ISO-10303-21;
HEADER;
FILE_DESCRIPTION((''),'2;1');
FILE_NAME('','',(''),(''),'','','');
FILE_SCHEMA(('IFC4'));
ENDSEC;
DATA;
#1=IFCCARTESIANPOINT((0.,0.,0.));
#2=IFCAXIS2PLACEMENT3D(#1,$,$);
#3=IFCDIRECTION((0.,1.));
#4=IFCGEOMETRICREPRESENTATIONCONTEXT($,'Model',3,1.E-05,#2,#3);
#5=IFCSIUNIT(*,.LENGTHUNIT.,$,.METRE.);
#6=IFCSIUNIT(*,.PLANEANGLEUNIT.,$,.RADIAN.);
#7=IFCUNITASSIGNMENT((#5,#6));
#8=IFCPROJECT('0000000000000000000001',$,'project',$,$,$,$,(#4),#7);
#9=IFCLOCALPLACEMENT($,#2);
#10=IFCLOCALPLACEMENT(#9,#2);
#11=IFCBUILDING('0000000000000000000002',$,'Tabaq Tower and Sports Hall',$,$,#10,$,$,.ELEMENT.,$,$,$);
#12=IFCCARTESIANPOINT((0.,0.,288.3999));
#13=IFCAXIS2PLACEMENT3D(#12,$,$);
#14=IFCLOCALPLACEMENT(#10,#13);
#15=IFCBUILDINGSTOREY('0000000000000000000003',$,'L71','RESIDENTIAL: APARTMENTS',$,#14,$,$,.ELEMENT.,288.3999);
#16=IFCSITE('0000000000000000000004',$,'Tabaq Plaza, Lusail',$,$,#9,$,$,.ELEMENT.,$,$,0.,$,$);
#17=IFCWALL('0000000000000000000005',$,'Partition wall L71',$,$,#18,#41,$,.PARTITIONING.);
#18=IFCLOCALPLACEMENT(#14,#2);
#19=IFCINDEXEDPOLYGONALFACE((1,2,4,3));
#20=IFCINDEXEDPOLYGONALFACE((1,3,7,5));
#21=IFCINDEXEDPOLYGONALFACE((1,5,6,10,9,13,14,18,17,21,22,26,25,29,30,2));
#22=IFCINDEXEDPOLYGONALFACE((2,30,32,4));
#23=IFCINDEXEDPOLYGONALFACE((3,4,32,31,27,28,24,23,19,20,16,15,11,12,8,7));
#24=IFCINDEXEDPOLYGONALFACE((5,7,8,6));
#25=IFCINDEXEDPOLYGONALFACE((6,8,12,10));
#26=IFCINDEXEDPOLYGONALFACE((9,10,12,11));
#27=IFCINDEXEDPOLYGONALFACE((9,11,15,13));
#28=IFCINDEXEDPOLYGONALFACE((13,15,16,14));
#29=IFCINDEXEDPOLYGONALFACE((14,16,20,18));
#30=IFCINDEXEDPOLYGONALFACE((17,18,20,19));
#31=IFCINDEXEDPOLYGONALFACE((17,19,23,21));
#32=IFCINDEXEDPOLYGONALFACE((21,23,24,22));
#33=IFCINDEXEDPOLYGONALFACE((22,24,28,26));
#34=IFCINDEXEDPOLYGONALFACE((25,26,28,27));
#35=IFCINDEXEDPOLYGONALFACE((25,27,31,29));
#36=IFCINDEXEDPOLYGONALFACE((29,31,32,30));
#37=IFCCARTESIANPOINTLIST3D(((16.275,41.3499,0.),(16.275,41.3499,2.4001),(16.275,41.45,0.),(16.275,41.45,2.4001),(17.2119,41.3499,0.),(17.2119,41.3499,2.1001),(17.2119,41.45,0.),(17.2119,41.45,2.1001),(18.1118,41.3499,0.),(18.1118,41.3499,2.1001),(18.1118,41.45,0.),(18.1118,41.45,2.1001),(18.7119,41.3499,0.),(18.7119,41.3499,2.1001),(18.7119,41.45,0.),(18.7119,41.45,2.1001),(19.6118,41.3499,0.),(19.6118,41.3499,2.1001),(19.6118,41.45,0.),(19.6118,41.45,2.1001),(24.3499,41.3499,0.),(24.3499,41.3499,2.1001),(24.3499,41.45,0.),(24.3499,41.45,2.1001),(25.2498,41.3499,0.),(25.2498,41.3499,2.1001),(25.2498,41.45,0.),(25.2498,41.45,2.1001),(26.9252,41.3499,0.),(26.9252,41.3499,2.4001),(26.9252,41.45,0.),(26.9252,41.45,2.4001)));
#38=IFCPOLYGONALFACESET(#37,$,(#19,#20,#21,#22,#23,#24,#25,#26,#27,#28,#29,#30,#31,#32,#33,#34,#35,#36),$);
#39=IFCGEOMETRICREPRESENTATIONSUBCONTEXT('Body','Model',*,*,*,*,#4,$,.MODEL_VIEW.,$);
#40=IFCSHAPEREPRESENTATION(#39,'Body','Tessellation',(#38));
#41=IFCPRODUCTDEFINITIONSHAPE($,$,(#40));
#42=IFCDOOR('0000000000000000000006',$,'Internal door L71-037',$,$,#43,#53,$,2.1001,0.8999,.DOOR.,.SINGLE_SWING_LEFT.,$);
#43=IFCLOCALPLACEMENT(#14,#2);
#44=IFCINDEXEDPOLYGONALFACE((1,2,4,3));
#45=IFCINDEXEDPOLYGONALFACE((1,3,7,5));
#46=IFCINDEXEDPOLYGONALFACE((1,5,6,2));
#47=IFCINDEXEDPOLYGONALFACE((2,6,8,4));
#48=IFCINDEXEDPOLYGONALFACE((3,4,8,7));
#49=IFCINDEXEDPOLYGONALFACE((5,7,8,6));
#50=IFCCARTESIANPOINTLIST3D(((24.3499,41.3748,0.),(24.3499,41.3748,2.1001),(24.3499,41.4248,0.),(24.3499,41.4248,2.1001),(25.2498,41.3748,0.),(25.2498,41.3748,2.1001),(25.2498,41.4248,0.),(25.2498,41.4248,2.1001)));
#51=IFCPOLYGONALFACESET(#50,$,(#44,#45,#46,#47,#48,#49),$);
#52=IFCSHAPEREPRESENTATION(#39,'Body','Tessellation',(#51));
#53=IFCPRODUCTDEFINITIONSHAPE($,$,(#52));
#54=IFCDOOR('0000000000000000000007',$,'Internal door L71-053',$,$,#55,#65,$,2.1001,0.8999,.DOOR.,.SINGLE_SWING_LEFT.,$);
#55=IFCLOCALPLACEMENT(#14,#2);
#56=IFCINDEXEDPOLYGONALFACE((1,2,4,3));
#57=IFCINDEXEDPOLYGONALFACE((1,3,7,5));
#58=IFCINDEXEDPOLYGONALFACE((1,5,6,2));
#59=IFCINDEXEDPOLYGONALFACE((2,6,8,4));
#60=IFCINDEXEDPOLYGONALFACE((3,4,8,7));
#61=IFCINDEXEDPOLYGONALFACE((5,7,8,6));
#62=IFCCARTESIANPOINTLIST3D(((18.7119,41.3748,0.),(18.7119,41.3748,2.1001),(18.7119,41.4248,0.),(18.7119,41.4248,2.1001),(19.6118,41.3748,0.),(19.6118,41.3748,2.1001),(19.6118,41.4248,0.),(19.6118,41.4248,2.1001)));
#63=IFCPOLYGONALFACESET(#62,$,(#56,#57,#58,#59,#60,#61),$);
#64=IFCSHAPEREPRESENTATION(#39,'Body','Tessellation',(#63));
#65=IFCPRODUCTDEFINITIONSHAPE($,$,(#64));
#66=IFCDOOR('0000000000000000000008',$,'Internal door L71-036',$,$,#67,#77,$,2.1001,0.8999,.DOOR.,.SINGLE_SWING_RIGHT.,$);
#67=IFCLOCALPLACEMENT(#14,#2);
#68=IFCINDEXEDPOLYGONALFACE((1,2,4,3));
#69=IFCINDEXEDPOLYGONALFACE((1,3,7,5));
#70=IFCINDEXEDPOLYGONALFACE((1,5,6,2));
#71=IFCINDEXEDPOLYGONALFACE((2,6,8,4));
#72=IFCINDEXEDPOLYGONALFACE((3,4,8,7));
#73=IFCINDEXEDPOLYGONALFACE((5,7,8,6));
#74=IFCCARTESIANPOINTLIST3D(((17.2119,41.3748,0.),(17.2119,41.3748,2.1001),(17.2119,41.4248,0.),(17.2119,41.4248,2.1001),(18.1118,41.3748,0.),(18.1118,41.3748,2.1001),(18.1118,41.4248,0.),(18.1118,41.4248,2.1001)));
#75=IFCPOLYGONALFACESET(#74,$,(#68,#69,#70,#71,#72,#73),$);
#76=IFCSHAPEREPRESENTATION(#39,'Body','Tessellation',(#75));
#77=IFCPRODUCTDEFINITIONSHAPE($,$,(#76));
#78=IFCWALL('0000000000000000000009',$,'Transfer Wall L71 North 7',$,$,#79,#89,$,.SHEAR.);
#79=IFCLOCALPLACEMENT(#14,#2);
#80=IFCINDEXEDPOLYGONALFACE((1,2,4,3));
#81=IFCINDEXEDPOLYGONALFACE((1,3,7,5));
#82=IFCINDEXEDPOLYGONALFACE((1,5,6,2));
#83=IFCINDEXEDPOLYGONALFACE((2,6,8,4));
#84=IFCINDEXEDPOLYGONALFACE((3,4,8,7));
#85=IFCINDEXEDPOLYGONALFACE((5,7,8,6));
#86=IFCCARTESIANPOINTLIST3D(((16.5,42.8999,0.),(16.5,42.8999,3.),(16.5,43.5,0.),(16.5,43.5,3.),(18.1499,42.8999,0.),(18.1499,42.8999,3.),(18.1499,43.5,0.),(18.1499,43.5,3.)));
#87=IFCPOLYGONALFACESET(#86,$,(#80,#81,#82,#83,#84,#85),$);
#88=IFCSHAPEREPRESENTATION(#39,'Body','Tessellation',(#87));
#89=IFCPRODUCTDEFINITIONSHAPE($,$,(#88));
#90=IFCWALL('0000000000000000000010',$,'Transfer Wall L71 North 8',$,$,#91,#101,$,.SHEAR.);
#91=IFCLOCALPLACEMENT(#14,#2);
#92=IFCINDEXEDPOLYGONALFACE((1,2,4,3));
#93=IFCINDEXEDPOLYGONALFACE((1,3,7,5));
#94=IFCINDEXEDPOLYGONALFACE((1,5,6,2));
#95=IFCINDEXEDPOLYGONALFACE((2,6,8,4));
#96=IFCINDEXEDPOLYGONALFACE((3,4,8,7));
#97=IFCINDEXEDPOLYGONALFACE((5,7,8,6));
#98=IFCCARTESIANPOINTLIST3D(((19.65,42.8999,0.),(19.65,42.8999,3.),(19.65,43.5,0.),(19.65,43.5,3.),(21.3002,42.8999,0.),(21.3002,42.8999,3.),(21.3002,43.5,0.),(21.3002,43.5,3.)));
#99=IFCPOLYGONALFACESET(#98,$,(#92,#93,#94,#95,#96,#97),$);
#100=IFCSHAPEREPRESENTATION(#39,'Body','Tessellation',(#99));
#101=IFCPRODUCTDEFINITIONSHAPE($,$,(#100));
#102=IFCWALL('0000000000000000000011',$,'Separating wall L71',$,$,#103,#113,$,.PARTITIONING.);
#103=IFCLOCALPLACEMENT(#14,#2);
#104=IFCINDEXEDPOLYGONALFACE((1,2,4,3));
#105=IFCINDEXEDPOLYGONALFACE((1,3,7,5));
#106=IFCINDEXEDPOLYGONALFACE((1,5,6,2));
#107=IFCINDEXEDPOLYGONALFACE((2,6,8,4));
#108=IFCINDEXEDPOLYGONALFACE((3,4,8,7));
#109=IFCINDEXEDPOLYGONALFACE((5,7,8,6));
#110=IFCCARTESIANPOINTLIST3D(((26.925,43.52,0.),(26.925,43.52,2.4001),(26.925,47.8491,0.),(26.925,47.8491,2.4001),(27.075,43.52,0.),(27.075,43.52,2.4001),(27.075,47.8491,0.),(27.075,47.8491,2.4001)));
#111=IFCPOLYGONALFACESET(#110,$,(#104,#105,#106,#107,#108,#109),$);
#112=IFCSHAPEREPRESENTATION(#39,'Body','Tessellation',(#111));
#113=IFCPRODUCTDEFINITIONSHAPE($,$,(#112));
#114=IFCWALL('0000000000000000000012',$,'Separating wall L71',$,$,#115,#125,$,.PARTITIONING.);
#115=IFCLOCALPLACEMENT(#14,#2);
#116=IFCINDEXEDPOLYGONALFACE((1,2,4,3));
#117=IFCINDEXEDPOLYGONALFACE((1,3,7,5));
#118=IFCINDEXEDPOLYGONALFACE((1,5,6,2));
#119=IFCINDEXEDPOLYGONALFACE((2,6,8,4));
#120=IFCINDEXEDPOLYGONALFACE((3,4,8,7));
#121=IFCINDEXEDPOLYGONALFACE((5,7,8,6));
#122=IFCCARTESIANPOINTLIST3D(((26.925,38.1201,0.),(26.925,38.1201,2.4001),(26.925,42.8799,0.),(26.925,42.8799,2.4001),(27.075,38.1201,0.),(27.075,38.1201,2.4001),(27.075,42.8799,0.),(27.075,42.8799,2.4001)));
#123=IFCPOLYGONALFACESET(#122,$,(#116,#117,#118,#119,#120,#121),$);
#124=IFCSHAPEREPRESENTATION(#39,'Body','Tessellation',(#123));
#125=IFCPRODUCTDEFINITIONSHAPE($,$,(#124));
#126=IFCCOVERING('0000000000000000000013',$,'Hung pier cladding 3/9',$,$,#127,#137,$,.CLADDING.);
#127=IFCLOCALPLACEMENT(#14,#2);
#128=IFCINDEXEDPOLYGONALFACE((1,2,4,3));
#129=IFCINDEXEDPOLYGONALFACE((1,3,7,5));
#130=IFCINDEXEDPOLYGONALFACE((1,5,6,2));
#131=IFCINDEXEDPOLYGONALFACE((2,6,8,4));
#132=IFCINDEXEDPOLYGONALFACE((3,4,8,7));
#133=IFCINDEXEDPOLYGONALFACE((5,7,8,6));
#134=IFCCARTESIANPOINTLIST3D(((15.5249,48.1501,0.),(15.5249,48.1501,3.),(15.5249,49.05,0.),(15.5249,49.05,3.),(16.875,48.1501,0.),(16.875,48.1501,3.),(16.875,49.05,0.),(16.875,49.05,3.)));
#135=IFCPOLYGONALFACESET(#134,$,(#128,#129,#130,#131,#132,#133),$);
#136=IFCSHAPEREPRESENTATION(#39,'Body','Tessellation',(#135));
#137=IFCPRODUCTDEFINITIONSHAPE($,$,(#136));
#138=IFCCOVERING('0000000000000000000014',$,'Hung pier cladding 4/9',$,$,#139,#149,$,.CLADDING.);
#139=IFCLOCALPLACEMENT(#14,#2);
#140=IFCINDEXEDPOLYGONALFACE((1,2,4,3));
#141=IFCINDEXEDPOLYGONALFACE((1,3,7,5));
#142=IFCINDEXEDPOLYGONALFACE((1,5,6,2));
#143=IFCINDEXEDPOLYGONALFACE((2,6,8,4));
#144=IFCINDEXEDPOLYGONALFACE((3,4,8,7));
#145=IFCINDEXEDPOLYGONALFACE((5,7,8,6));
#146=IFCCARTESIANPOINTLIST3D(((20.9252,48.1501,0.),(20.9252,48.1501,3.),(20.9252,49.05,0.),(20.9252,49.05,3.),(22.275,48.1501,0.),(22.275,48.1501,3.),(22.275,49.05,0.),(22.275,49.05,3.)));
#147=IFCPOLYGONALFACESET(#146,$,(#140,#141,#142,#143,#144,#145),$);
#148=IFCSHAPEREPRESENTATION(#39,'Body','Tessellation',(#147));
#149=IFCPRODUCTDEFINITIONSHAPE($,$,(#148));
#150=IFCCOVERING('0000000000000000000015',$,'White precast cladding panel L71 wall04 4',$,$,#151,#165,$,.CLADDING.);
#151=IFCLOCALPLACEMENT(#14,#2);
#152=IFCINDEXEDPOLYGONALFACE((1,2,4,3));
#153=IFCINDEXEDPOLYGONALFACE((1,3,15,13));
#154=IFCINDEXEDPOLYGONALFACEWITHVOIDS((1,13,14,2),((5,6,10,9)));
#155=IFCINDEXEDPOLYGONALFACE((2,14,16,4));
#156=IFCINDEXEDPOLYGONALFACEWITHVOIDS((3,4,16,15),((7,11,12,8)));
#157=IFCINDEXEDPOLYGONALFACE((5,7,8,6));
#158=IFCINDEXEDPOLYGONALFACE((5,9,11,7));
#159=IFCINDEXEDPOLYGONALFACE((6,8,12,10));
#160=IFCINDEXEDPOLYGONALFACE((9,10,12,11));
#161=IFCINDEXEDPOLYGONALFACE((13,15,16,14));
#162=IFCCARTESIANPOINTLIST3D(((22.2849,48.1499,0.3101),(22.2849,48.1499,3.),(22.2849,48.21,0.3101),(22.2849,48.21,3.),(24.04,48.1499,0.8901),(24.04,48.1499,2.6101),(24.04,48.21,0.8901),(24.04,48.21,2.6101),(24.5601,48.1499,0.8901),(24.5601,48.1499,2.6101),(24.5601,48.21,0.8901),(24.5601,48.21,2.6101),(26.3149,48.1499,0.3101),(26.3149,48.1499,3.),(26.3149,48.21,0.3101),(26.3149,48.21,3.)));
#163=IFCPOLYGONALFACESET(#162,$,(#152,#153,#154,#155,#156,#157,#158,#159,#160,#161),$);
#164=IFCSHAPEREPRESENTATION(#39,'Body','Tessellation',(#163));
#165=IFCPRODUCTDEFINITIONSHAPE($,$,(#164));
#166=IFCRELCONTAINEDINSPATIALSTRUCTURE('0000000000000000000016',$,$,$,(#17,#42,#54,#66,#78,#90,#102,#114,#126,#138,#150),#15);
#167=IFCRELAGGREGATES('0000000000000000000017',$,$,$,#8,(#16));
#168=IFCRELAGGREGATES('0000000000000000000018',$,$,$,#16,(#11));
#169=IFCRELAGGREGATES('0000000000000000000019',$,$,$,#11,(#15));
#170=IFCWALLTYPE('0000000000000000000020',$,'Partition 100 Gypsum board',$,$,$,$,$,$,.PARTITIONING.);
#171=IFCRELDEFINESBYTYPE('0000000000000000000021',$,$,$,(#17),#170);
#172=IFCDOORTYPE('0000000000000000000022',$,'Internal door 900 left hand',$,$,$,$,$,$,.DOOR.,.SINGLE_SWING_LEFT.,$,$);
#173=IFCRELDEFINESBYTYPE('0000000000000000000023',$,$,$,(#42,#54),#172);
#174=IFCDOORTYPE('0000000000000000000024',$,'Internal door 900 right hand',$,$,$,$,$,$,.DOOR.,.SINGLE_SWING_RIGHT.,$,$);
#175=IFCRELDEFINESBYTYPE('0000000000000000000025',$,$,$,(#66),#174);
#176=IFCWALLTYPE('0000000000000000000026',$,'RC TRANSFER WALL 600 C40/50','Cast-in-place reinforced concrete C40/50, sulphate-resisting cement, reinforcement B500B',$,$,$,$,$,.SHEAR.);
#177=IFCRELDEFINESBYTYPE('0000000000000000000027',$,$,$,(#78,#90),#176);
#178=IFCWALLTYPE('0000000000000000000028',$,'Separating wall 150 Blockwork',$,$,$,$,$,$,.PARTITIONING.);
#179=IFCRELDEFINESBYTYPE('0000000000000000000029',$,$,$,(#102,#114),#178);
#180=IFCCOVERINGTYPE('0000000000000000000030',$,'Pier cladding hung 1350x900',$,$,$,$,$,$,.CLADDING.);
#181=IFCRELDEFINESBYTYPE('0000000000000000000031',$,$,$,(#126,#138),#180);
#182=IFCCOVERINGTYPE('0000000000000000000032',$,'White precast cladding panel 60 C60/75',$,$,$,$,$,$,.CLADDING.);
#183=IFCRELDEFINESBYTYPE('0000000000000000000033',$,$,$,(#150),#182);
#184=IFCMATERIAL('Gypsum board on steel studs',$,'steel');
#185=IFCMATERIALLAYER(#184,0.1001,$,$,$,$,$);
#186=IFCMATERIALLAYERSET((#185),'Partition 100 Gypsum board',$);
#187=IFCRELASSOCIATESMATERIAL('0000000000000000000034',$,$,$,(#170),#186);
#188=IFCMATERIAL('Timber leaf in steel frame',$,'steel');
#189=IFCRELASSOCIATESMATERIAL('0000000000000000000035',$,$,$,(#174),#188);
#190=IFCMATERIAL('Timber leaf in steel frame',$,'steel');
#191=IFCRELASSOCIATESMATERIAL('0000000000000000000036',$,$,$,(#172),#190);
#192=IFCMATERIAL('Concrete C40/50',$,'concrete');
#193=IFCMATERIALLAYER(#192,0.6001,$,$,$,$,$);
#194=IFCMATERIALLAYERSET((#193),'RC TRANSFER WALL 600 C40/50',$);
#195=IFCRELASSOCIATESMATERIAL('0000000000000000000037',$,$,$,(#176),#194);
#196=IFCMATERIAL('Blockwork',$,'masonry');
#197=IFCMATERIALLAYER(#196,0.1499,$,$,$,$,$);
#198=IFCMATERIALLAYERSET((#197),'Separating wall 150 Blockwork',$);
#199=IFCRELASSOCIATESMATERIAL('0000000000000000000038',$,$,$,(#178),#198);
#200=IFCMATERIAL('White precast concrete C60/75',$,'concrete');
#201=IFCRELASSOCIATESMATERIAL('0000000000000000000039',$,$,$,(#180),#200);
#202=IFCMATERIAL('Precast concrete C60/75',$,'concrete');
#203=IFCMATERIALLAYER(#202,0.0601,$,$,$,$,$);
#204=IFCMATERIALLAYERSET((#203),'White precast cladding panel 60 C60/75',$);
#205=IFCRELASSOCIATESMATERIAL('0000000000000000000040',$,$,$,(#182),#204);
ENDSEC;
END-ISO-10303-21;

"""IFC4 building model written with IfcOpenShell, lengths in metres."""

from ifc_helpers import new_model, si_unit, direction, frame, frame_2d, origin, place, context, subcontext, project, spatial, polyline, rectangle, outline, extrude, material, layer, layer_set, type_object, element, fill, save


model = new_model("IFC4")

# Units and contexts
model_context = context("Model", 3, precision=1e-05, world=origin(), true_north=direction((0.0, 1.0)))
body_context = subcontext(model_context, "Body", "Model", "MODEL_VIEW")
ifc_project = project(units=[si_unit("LENGTHUNIT", "METRE"), si_unit("PLANEANGLEUNIT", "RADIAN")], contexts=[model_context])

# Site, building, storey
site_placement = place(None, origin())
site = spatial("IfcSite", under=ifc_project, at=site_placement, Name="Tabaq Plaza, Lusail", CompositionType="ELEMENT", RefElevation=0.0)
building_placement = place(site_placement, origin())
building = spatial("IfcBuilding", under=site, at=building_placement, Name="Tabaq Tower and Sports Hall", CompositionType="ELEMENT")
storey_placement = place(building_placement, frame((0.0, 0.0, 288.3999)))
storey = spatial("IfcBuildingStorey", under=building, at=storey_placement, Name="L71", Description="RESIDENTIAL: APARTMENTS", CompositionType="ELEMENT", Elevation=288.3999)

# Shared definitions
ifc_material_1 = material(Name="Gypsum board on steel studs", Category="steel")
ifc_layer_1 = layer(ifc_material_1, 0.1001)
ifc_layer_set_1 = layer_set([ifc_layer_1], Name="Partition 100 Gypsum board")
wall_type_1 = type_object("IfcWallType", Name="Partition 100 Gypsum board", PredefinedType="PARTITIONING", material=ifc_layer_set_1)

# Shared definitions
ifc_material_2 = material(Name="Timber leaf in steel frame", Category="steel")
door_type_1 = type_object("IfcDoorType", Name="Internal door 900 right hand", OperationType="SINGLE_SWING_RIGHT", PredefinedType="DOOR", material=ifc_material_2)

# Wall, openings, doors
wall_1_placement = place(storey_placement, frame((16.2749, 41.3999, 0.0), z_axis=(0.0, 0.0, 1.0), x_axis=(1.0, 0.0, 0.0)))
wall_1 = element("IfcWall", 1, at=wall_1_placement, inside=storey, type_object=wall_type_1, Name="Partition wall L71", PredefinedType="PARTITIONING", context=body_context, shape_type="SweptSolid", body=[
    extrude(rectangle(XDim=10.6501, YDim=0.1001, at=frame_2d((5.3252, 0.0))), origin(), (0.0, 0.0, 1.0), 2.4001),
])
opening_1_placement = place(wall_1_placement, frame((0.937, 0.0, 0.0)))
opening_1 = element("IfcOpeningElement", 2, at=opening_1_placement, cuts=wall_1, PredefinedType="OPENING", context=body_context, shape_type="SweptSolid", body=[
    extrude(rectangle(XDim=0.8999, YDim=2.1001, at=frame_2d((0.45, 1.05))), frame((0.0, 0.05, 0.0), z_axis=(0.0, -1.0, 0.0), x_axis=(1.0, 0.0, 0.0)), (0.0, 0.0, 1.0), 0.1001),
])
opening_2_placement = place(wall_1_placement, frame((8.075, 0.0, 0.0)))
opening_2 = element("IfcOpeningElement", 3, at=opening_2_placement, cuts=wall_1, PredefinedType="OPENING", context=body_context, shape_type="SweptSolid", body=[
    extrude(rectangle(XDim=0.8999, YDim=2.1001, at=frame_2d((0.45, 1.05))), frame((0.0, 0.05, 0.0), z_axis=(0.0, -1.0, 0.0), x_axis=(1.0, 0.0, 0.0)), (0.0, 0.0, 1.0), 0.1001),
])
opening_3_placement = place(wall_1_placement, frame((2.437, 0.0, 0.0)))
opening_3 = element("IfcOpeningElement", 4, at=opening_3_placement, cuts=wall_1, PredefinedType="OPENING", context=body_context, shape_type="SweptSolid", body=[
    extrude(rectangle(XDim=0.8999, YDim=2.1001, at=frame_2d((0.45, 1.05))), frame((0.0, 0.05, 0.0), z_axis=(0.0, -1.0, 0.0), x_axis=(1.0, 0.0, 0.0)), (0.0, 0.0, 1.0), 0.1001),
])
ifc_material_3 = material(Name="Timber leaf in steel frame", Category="steel")
door_type_2 = type_object("IfcDoorType", Name="Internal door 900 left hand", OperationType="SINGLE_SWING_LEFT", PredefinedType="DOOR", material=ifc_material_3)
door_1_placement = place(opening_2_placement, origin())
door_1 = element("IfcDoor", 5, at=door_1_placement, inside=storey, type_object=door_type_2, Name="Internal door L71-037", OperationType="SINGLE_SWING_LEFT", OverallHeight=2.1001, OverallWidth=0.8999, PredefinedType="DOOR", context=body_context, shape_type="SweptSolid", body=[
    extrude(rectangle(XDim=0.8999, YDim=2.1001, at=frame_2d((0.45, 1.05))), frame((0.0, 0.0249, 0.0), z_axis=(0.0, -1.0, 0.0), x_axis=(1.0, 0.0, 0.0)), (0.0, 0.0, 1.0), 0.05),
])
fill(opening_2, door_1)
door_2_placement = place(opening_3_placement, origin())
door_2 = element("IfcDoor", 6, at=door_2_placement, inside=storey, type_object=door_type_2, Name="Internal door L71-053", OperationType="SINGLE_SWING_LEFT", OverallHeight=2.1001, OverallWidth=0.8999, PredefinedType="DOOR", context=body_context, shape_type="SweptSolid", body=[
    extrude(rectangle(XDim=0.8999, YDim=2.1001, at=frame_2d((0.45, 1.05))), frame((0.0, 0.0249, 0.0), z_axis=(0.0, -1.0, 0.0), x_axis=(1.0, 0.0, 0.0)), (0.0, 0.0, 1.0), 0.05),
])
fill(opening_3, door_2)
door_3_placement = place(opening_1_placement, origin())
door_3 = element("IfcDoor", 7, at=door_3_placement, inside=storey, type_object=door_type_1, Name="Internal door L71-036", OperationType="SINGLE_SWING_RIGHT", OverallHeight=2.1001, OverallWidth=0.8999, PredefinedType="DOOR", context=body_context, shape_type="SweptSolid", body=[
    extrude(rectangle(XDim=0.8999, YDim=2.1001, at=frame_2d((0.45, 1.05))), frame((0.0, 0.0249, 0.0), z_axis=(0.0, -1.0, 0.0), x_axis=(1.0, 0.0, 0.0)), (0.0, 0.0, 1.0), 0.05),
])
fill(opening_1, door_3)

# Walls
ifc_material_4 = material(Name="Concrete C40/50", Category="concrete")
ifc_layer_2 = layer(ifc_material_4, 0.6001)
ifc_layer_set_2 = layer_set([ifc_layer_2], Name="RC TRANSFER WALL 600 C40/50")
wall_type_2 = type_object("IfcWallType", Name="RC TRANSFER WALL 600 C40/50", Description="Cast-in-place reinforced concrete C40/50, sulphate-resisting cement, reinforcement B500B", PredefinedType="SHEAR", material=ifc_layer_set_2)
wall_2_placement = place(storey_placement, frame((16.5, 43.2, 0.0), z_axis=(0.0, 0.0, 1.0), x_axis=(1.0, 0.0, 0.0)))
element("IfcWall", 8, at=wall_2_placement, inside=storey, type_object=wall_type_2, Name="Transfer Wall L71 North 7", PredefinedType="SHEAR", context=body_context, shape_type="SweptSolid", body=[
    extrude(rectangle(XDim=1.6499, YDim=0.6001, at=frame_2d((0.825, 0.0))), origin(), (0.0, 0.0, 1.0), 3.0),
])
wall_3_placement = place(storey_placement, frame((19.6499, 43.2, 0.0), z_axis=(0.0, 0.0, 1.0), x_axis=(1.0, 0.0, 0.0)))
element("IfcWall", 9, at=wall_3_placement, inside=storey, type_object=wall_type_2, Name="Transfer Wall L71 North 8", PredefinedType="SHEAR", context=body_context, shape_type="SweptSolid", body=[
    extrude(rectangle(XDim=1.6501, YDim=0.6001, at=frame_2d((0.8252, 0.0))), origin(), (0.0, 0.0, 1.0), 3.0),
])
ifc_material_5 = material(Name="Blockwork", Category="masonry")
ifc_layer_3 = layer(ifc_material_5, 0.1499)
ifc_layer_set_3 = layer_set([ifc_layer_3], Name="Separating wall 150 Blockwork")
wall_type_3 = type_object("IfcWallType", Name="Separating wall 150 Blockwork", PredefinedType="PARTITIONING", material=ifc_layer_set_3)
wall_4_placement = place(storey_placement, frame((27.0, 43.52, 0.0), z_axis=(0.0, 0.0, 1.0), x_axis=(0.0, 1.0, 0.0)))
element("IfcWall", 10, at=wall_4_placement, inside=storey, type_object=wall_type_3, Name="Separating wall L71", PredefinedType="PARTITIONING", context=body_context, shape_type="SweptSolid", body=[
    extrude(rectangle(XDim=4.3291, YDim=0.1499, at=frame_2d((2.1646, 0.0))), origin(), (0.0, 0.0, 1.0), 2.4001),
])
wall_5_placement = place(storey_placement, frame((27.0, 38.1201, 0.0), z_axis=(0.0, 0.0, 1.0), x_axis=(0.0, 1.0, 0.0)))
element("IfcWall", 11, at=wall_5_placement, inside=storey, type_object=wall_type_3, Name="Separating wall L71", PredefinedType="PARTITIONING", context=body_context, shape_type="SweptSolid", body=[
    extrude(rectangle(XDim=4.7598, YDim=0.1499, at=frame_2d((2.3799, 0.0))), origin(), (0.0, 0.0, 1.0), 2.4001),
])

# Coverings
ifc_material_6 = material(Name="White precast concrete C60/75", Category="concrete")
covering_type_1 = type_object("IfcCoveringType", Name="Pier cladding hung 1350x900", PredefinedType="CLADDING", material=ifc_material_6)
covering_1_placement = place(storey_placement, frame((16.875, 48.6001, 0.0), z_axis=(0.0, 0.0, 1.0), x_axis=(-1.0, 0.0, 0.0)))
element("IfcCovering", 12, at=covering_1_placement, inside=storey, type_object=covering_type_1, Name="Hung pier cladding 3/9", PredefinedType="CLADDING", context=body_context, shape_type="SweptSolid", body=[
    extrude(rectangle(XDim=1.3501, YDim=0.8999, at=frame_2d((0.675, 0.0))), origin(), (0.0, 0.0, 1.0), 3.0),
])
covering_2_placement = place(storey_placement, frame((22.2749, 48.6001, 0.0), z_axis=(0.0, 0.0, 1.0), x_axis=(-1.0, 0.0, 0.0)))
element("IfcCovering", 13, at=covering_2_placement, inside=storey, type_object=covering_type_1, Name="Hung pier cladding 4/9", PredefinedType="CLADDING", context=body_context, shape_type="SweptSolid", body=[
    extrude(rectangle(XDim=1.3499, YDim=0.8999, at=frame_2d((0.6748, 0.0))), origin(), (0.0, 0.0, 1.0), 3.0),
])
ifc_material_7 = material(Name="Precast concrete C60/75", Category="concrete")
ifc_layer_4 = layer(ifc_material_7, 0.0601)
ifc_layer_set_4 = layer_set([ifc_layer_4], Name="White precast cladding panel 60 C60/75")
covering_type_2 = type_object("IfcCoveringType", Name="White precast cladding panel 60 C60/75", PredefinedType="CLADDING", material=ifc_layer_set_4)
for number, where, z_axis, x_axis, name in (
    (14, (26.3149, 48.1799, 0.3101), (0.0, 0.0, 1.0), (-1.0, 0.0, 0.0), "White precast cladding panel L71 wall04 4"),
):
    element("IfcCovering", number, at=place(storey_placement, frame(where, z_axis=z_axis, x_axis=x_axis)), inside=storey, type_object=covering_type_2, Name=name, PredefinedType="CLADDING", context=body_context, shape_type="SweptSolid", body=[
        extrude(outline(polyline([(0.0, 0.0), (4.03, 0.0), (4.03, 2.6899), (0.0, 2.6899), (0.0, 0.0)]), holes=[polyline([(1.7549, 0.5801), (1.7549, 2.3), (2.2749, 2.3), (2.2749, 0.5801), (1.7549, 0.5801)])]), frame((0.0, 0.03, 0.0), z_axis=(0.0, -1.0, 0.0), x_axis=(1.0, 0.0, 0.0)), (0.0, 0.0, 1.0), 0.0601),
    ])

save(model, "model.ifc")
